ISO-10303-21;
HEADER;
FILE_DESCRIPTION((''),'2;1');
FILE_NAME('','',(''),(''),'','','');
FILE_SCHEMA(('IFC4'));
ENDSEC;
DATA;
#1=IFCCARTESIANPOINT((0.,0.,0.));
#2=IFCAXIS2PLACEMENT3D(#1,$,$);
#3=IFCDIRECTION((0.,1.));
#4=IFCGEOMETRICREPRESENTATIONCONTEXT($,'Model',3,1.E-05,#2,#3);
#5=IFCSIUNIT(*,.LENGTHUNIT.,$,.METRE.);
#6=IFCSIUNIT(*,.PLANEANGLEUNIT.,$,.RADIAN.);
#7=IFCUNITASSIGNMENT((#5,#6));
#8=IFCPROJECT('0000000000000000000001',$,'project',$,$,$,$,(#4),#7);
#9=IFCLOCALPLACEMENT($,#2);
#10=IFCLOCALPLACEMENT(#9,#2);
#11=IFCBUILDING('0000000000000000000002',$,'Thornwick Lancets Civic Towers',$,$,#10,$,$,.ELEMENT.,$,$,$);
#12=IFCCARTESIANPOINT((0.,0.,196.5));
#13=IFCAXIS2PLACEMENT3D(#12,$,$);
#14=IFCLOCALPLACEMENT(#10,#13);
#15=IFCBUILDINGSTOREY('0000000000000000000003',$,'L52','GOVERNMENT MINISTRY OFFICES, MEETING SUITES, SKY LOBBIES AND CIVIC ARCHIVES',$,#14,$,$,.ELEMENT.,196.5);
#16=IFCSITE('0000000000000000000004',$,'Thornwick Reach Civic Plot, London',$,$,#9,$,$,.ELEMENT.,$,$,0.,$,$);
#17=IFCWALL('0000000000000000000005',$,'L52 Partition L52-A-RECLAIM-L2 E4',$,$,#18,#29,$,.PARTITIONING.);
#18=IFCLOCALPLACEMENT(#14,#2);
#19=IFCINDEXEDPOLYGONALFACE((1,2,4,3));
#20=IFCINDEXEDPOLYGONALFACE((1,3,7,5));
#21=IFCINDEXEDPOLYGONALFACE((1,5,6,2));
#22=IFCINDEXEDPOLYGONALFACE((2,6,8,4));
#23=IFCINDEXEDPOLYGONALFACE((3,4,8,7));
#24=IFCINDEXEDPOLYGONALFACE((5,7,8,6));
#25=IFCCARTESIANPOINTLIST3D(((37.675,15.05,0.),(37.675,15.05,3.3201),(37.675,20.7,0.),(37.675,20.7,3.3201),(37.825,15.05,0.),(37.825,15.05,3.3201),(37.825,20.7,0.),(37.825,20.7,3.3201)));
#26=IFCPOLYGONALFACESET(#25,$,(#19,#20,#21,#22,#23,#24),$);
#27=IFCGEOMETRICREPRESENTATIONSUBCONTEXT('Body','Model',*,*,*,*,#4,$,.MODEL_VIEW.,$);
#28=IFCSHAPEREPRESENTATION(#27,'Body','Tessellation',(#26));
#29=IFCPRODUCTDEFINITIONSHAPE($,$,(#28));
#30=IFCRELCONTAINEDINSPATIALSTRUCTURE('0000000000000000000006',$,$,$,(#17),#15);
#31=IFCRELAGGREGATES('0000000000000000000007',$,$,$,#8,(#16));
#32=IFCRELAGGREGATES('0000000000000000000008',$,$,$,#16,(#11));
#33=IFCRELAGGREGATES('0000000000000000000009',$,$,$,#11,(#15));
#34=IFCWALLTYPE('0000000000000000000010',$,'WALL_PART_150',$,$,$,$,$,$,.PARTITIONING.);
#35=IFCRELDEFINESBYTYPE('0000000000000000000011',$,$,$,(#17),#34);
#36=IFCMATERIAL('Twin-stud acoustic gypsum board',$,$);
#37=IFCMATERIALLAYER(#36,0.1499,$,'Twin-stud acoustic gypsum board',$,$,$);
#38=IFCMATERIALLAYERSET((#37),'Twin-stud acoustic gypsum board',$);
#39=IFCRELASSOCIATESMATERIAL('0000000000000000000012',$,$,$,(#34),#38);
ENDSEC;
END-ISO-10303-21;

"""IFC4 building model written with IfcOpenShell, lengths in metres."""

from ifc_helpers import new_model, si_unit, direction, frame, frame_2d, origin, place, context, subcontext, project, spatial, rectangle, extrude, material, layer, layer_set, type_object, element, save


model = new_model("IFC4")

# Units and contexts
model_context = context("Model", 3, precision=1e-05, world=origin(), true_north=direction((0.0, 1.0)))
body_context = subcontext(model_context, "Body", "Model", "MODEL_VIEW")
ifc_project = project(units=[si_unit("LENGTHUNIT", "METRE"), si_unit("PLANEANGLEUNIT", "RADIAN")], contexts=[model_context])

# Site, building, storey
site_placement = place(None, origin())
site = spatial("IfcSite", under=ifc_project, at=site_placement, Name="Thornwick Reach Civic Plot, London", CompositionType="ELEMENT", RefElevation=0.0)
building_placement = place(site_placement, origin())
building = spatial("IfcBuilding", under=site, at=building_placement, Name="Thornwick Lancets Civic Towers", CompositionType="ELEMENT")
storey_placement = place(building_placement, frame((0.0, 0.0, 196.5)))
storey = spatial("IfcBuildingStorey", under=building, at=storey_placement, Name="L52", Description="GOVERNMENT MINISTRY OFFICES, MEETING SUITES, SKY LOBBIES AND CIVIC ARCHIVES", CompositionType="ELEMENT", Elevation=196.5)

# Shared definitions
ifc_material_1 = material(Name="Twin-stud acoustic gypsum board")
ifc_layer_1 = layer(ifc_material_1, 0.1499, Name="Twin-stud acoustic gypsum board")
ifc_layer_set_1 = layer_set([ifc_layer_1], Name="Twin-stud acoustic gypsum board")
wall_type_1 = type_object("IfcWallType", Name="WALL_PART_150", PredefinedType="PARTITIONING", material=ifc_layer_set_1)

# Wall
wall_1_placement = place(storey_placement, frame((37.75, 20.7, 0.0), z_axis=(0.0, 0.0, 1.0), x_axis=(0.0, -1.0, 0.0)))
element("IfcWall", 1, at=wall_1_placement, inside=storey, type_object=wall_type_1, Name="L52 Partition L52-A-RECLAIM-L2 E4", PredefinedType="PARTITIONING", context=body_context, shape_type="SweptSolid", body=[
    extrude(rectangle(XDim=5.6499, YDim=0.1499, at=frame_2d((2.825, 0.0))), origin(), (0.0, 0.0, 1.0), 3.3201),
])

save(model, "model.ifc")
